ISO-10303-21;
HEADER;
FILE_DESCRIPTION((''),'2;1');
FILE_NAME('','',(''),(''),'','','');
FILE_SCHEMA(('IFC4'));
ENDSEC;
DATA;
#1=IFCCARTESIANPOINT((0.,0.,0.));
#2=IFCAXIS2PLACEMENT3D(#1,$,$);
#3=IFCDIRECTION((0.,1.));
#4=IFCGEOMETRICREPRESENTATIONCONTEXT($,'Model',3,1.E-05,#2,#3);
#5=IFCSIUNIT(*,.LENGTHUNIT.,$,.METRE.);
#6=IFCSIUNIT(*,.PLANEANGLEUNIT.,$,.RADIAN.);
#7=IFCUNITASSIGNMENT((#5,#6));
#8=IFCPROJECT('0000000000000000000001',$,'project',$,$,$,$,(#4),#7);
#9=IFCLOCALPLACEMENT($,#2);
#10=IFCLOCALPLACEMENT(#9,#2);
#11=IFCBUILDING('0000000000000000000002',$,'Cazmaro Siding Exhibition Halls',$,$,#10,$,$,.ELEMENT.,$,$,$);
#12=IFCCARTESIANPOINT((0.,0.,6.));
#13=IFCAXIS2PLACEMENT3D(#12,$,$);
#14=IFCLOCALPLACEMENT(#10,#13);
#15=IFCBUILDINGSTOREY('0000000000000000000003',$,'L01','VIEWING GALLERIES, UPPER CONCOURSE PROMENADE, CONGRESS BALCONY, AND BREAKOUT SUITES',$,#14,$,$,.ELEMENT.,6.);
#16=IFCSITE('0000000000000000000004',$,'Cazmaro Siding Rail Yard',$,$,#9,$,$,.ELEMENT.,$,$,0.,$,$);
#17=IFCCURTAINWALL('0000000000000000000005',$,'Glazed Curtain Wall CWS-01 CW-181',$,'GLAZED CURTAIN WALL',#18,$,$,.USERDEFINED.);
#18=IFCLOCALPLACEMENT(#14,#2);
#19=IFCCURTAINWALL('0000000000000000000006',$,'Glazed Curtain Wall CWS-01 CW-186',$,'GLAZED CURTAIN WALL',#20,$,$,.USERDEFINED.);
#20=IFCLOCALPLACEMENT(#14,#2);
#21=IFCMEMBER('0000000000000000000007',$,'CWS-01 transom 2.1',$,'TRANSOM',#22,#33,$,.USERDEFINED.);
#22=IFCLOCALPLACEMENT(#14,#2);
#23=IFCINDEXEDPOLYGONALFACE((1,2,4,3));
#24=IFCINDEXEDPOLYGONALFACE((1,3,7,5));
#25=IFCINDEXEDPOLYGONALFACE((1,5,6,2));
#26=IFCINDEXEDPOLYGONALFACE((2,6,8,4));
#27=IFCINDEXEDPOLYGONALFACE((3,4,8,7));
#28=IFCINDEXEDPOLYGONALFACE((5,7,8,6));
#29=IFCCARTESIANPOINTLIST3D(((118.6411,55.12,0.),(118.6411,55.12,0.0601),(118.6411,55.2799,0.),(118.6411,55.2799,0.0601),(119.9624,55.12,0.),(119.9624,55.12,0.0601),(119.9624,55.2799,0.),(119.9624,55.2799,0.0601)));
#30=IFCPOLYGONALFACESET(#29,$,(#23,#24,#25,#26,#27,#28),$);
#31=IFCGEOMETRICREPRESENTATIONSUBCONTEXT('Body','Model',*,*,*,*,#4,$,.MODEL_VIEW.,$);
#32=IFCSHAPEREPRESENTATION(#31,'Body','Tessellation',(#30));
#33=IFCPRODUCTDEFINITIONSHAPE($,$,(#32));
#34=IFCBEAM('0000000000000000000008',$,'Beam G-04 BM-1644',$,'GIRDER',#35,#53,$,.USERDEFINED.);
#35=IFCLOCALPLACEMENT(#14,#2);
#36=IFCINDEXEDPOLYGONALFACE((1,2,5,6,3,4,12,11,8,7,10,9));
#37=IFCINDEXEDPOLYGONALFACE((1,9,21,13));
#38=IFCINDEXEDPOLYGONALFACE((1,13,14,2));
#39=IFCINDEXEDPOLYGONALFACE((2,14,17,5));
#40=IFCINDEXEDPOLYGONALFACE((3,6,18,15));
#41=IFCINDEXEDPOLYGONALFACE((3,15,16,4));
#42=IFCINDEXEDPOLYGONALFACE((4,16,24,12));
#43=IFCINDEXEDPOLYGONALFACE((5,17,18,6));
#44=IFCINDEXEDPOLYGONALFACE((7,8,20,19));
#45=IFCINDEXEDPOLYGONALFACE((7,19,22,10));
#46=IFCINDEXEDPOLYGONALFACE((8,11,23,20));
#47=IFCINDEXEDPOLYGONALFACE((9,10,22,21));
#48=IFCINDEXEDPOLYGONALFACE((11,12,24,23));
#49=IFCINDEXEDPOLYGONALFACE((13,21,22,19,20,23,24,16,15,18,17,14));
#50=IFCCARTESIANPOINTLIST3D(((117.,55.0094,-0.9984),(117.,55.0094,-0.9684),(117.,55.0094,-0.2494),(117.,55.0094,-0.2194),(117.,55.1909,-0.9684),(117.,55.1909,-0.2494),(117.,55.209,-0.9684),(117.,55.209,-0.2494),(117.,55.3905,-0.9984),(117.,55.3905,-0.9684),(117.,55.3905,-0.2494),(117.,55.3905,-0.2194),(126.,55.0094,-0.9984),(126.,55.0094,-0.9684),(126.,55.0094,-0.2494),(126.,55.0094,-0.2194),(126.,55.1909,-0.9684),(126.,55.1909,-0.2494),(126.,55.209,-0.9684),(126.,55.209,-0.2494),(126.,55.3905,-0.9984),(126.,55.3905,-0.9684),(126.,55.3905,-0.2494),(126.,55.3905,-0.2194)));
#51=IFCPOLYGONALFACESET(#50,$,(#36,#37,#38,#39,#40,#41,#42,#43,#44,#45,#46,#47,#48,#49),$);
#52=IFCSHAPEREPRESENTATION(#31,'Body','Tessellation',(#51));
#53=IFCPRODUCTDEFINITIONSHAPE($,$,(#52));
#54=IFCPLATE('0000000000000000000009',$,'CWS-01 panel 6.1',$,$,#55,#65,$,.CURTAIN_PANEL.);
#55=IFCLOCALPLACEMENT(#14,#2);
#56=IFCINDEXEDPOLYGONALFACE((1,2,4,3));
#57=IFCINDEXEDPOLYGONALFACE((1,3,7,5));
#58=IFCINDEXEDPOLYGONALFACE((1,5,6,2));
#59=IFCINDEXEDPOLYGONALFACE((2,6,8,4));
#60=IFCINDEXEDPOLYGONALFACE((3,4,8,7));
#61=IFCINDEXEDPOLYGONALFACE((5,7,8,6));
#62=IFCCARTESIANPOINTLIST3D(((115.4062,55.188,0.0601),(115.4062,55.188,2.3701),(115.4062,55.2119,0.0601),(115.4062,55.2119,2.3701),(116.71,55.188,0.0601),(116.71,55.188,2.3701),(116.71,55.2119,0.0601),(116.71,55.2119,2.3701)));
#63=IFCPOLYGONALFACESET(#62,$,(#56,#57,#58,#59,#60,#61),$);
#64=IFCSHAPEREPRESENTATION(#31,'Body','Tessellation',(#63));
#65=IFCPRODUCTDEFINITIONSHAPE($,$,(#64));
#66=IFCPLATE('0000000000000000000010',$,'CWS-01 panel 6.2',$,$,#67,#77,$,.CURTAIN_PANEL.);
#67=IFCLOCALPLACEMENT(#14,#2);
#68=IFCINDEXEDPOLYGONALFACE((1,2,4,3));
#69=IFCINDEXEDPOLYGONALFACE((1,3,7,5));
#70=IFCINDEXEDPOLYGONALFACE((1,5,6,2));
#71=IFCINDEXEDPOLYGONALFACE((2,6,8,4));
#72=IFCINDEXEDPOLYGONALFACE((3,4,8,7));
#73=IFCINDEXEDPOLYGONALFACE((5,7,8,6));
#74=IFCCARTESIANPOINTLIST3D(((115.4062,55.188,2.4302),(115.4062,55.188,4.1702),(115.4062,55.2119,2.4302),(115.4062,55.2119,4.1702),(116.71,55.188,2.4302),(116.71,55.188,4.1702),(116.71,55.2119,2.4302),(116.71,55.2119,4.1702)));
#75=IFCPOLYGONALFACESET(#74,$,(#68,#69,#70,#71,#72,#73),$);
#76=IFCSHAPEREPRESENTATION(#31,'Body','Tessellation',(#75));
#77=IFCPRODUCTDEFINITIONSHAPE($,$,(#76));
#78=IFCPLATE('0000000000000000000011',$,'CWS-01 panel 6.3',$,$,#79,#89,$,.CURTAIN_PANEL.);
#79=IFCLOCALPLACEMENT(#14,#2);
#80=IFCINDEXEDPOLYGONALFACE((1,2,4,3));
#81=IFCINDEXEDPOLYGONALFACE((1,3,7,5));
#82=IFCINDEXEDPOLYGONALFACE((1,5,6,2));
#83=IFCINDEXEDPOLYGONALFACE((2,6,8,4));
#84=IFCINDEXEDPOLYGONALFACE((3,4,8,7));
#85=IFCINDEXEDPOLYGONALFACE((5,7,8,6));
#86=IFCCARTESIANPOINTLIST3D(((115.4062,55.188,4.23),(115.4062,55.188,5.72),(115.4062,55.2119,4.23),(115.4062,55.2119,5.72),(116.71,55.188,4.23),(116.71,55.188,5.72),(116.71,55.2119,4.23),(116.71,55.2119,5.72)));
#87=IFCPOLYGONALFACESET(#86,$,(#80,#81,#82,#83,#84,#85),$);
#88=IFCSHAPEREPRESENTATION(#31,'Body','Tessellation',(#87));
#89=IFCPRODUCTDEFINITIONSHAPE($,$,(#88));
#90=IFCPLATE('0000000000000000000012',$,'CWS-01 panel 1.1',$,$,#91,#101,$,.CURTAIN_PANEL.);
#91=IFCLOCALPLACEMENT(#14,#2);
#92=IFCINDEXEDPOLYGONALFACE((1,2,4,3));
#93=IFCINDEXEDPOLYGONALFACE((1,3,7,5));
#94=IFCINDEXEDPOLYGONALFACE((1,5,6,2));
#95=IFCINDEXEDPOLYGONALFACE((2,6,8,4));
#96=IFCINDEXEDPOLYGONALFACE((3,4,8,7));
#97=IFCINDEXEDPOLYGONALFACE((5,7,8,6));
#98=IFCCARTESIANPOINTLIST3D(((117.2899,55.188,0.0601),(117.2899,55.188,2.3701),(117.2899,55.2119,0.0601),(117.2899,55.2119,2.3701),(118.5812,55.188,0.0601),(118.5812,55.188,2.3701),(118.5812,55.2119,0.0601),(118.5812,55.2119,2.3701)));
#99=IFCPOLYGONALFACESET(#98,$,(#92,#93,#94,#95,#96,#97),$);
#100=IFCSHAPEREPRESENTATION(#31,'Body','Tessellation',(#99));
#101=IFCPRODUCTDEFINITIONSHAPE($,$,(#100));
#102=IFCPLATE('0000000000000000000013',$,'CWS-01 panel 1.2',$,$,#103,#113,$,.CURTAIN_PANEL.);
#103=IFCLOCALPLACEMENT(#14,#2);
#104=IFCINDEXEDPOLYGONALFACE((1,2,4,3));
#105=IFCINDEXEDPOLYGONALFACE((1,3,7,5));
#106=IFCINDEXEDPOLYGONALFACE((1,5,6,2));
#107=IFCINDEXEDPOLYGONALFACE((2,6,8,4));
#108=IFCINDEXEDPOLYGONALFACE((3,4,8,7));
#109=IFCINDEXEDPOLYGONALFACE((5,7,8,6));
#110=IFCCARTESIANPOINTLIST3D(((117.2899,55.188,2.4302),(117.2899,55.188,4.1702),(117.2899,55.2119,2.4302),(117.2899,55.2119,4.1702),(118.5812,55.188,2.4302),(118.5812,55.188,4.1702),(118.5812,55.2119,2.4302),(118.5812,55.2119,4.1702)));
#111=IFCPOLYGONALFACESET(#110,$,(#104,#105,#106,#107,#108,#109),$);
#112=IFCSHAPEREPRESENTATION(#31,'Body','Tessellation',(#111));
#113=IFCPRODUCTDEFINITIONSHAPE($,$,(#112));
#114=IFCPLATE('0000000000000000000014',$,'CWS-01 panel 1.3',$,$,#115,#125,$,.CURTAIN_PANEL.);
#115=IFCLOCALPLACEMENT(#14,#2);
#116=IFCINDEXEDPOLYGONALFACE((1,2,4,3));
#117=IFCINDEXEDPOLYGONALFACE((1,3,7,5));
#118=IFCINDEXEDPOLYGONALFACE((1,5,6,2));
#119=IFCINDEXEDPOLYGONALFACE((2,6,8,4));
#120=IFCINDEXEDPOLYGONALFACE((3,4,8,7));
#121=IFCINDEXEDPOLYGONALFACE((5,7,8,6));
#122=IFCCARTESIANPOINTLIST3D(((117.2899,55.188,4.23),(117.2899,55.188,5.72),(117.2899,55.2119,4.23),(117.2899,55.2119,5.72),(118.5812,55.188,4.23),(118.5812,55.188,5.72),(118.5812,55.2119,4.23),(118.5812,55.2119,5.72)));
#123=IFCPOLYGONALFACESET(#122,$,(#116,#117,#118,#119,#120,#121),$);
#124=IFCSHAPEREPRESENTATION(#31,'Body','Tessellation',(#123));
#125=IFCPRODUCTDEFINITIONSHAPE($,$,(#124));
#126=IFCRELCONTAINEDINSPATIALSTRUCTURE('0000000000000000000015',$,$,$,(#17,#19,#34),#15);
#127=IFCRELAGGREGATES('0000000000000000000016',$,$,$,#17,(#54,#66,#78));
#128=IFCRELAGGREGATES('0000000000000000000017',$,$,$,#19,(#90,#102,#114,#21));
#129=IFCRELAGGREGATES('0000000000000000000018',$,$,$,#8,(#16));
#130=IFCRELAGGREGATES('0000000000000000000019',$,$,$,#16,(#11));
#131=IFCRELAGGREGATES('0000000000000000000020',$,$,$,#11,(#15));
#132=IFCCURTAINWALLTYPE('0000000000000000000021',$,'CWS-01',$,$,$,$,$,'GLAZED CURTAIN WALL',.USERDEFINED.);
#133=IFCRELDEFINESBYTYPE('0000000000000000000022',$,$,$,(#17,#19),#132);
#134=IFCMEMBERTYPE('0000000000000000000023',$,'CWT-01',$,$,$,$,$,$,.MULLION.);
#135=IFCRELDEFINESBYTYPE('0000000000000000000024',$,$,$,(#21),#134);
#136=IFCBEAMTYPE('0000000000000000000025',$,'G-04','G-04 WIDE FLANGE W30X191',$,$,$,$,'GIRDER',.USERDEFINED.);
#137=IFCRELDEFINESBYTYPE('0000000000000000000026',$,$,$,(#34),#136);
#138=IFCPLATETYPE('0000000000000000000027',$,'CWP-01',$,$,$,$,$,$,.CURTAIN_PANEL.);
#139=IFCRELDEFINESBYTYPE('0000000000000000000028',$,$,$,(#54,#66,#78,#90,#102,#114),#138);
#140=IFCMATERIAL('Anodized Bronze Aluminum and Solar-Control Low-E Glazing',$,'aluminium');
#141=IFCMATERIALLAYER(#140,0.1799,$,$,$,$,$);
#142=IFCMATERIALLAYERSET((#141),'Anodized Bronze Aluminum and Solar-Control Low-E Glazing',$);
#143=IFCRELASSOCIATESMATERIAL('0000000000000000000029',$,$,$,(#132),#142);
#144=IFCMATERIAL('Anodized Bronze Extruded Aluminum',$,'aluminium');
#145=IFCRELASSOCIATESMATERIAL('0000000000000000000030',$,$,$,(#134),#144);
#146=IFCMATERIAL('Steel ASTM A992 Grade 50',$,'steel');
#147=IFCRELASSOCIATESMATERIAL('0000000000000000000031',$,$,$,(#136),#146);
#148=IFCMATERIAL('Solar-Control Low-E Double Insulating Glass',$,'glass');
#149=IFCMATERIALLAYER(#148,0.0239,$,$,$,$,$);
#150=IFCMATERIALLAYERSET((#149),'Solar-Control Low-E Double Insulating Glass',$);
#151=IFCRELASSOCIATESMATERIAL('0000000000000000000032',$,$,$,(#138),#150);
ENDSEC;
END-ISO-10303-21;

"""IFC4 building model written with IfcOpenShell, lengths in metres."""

from ifc_helpers import new_model, si_unit, direction, frame, origin, origin_2d, place, context, subcontext, project, spatial, rectangle, i_section, extrude, material, layer, layer_set, material_profile, profile_set, type_object, element, aggregate, save


model = new_model("IFC4")

# Units and contexts
model_context = context("Model", 3, precision=1e-05, world=origin(), true_north=direction((0.0, 1.0)))
body_context = subcontext(model_context, "Body", "Model", "MODEL_VIEW")
ifc_project = project(units=[si_unit("LENGTHUNIT", "METRE"), si_unit("PLANEANGLEUNIT", "RADIAN")], contexts=[model_context])

# Site, building, storey
site_placement = place(None, origin())
site = spatial("IfcSite", under=ifc_project, at=site_placement, Name="Cazmaro Siding Rail Yard", CompositionType="ELEMENT", RefElevation=0.0)
building_placement = place(site_placement, origin())
building = spatial("IfcBuilding", under=site, at=building_placement, Name="Cazmaro Siding Exhibition Halls", CompositionType="ELEMENT")
storey_placement = place(building_placement, frame((0.0, 0.0, 6.0)))
storey = spatial("IfcBuildingStorey", under=building, at=storey_placement, Name="L01", Description="VIEWING GALLERIES, UPPER CONCOURSE PROMENADE, CONGRESS BALCONY, AND BREAKOUT SUITES", CompositionType="ELEMENT", Elevation=6.0)

# Curtain wall
ifc_material_1 = material(Name="Anodized Bronze Aluminum and Solar-Control Low-E Glazing", Category="aluminium")
ifc_layer_1 = layer(ifc_material_1, 0.1799)
ifc_layer_set_1 = layer_set([ifc_layer_1], Name="Anodized Bronze Aluminum and Solar-Control Low-E Glazing")
curtain_wall_type = type_object("IfcCurtainWallType", Name="CWS-01", ElementType="GLAZED CURTAIN WALL", PredefinedType="USERDEFINED", material=ifc_layer_set_1)
curtain_wall_1_placement = place(storey_placement, origin())
curtain_wall_1 = element("IfcCurtainWall", 1, at=curtain_wall_1_placement, inside=storey, type_object=curtain_wall_type, Name="Glazed Curtain Wall CWS-01 CW-181", ObjectType="GLAZED CURTAIN WALL", PredefinedType="USERDEFINED")

# Curtain wall
curtain_wall_2_placement = place(storey_placement, origin())
curtain_wall_2 = element("IfcCurtainWall", 2, at=curtain_wall_2_placement, inside=storey, type_object=curtain_wall_type, Name="Glazed Curtain Wall CWS-01 CW-186", ObjectType="GLAZED CURTAIN WALL", PredefinedType="USERDEFINED")

# Member
ifc_material_2 = material(Name="Anodized Bronze Extruded Aluminum", Category="aluminium")
ifc_material_profile_1 = material_profile(ifc_material_2, rectangle(XDim=0.1599, YDim=0.0601, at=origin_2d()), Name="CWT-01")
ifc_profile_set_1 = profile_set([ifc_material_profile_1], Name="Anodized Bronze Extruded Aluminum")
member_type_1 = type_object("IfcMemberType", Name="CWT-01", PredefinedType="MULLION", material=ifc_profile_set_1)
member_1_placement = place(storey_placement, frame((118.6411, 55.2, 0.03), z_axis=(1.0, 0.0, 0.0), x_axis=(0.0, 1.0, 0.0)))
member_1 = element("IfcMember", 3, at=member_1_placement, type_object=member_type_1, Name="CWS-01 transom 2.1", ObjectType="TRANSOM", PredefinedType="USERDEFINED", context=body_context, shape_type="SweptSolid", body=[
    extrude(rectangle(XDim=0.1599, YDim=0.0601, at=origin_2d()), origin(), (0.0, 0.0, 1.0), 1.3213),
])

# Beam
ifc_material_3 = material(Name="Steel ASTM A992 Grade 50", Category="steel")
ifc_material_profile_2 = material_profile(ifc_material_3, i_section(OverallWidth=0.3811, OverallDepth=0.7791, WebThickness=0.0181, FlangeThickness=0.03, at=origin_2d()), Name="W30X191")
ifc_profile_set_2 = profile_set([ifc_material_profile_2], Name="Steel ASTM A992 Grade 50")
beam_type_1 = type_object("IfcBeamType", Name="G-04", Description="G-04 WIDE FLANGE W30X191", ElementType="GIRDER", PredefinedType="USERDEFINED", material=ifc_profile_set_2)
beam_1_placement = place(storey_placement, frame((117.0, 55.2, -0.6089), z_axis=(1.0, 0.0, 0.0), x_axis=(0.0, 1.0, 0.0)))
element("IfcBeam", 4, at=beam_1_placement, inside=storey, type_object=beam_type_1, Name="Beam G-04 BM-1644", ObjectType="GIRDER", PredefinedType="USERDEFINED", context=body_context, shape_type="SweptSolid", body=[
    extrude(i_section(OverallWidth=0.3811, OverallDepth=0.7791, WebThickness=0.0181, FlangeThickness=0.03, at=origin_2d()), origin(), (0.0, 0.0, 1.0), 9.0),
])

# Plates
ifc_material_4 = material(Name="Solar-Control Low-E Double Insulating Glass", Category="glass")
ifc_layer_2 = layer(ifc_material_4, 0.0239)
ifc_layer_set_2 = layer_set([ifc_layer_2], Name="Solar-Control Low-E Double Insulating Glass")
plate_type = type_object("IfcPlateType", Name="CWP-01", PredefinedType="CURTAIN_PANEL", material=ifc_layer_set_2)
plate_1_placement = place(storey_placement, frame((116.0581, 55.2, 0.0601), z_axis=(0.0, 0.0, 1.0), x_axis=(1.0, 0.0, 0.0)))
plate_1 = element("IfcPlate", 5, at=plate_1_placement, type_object=plate_type, Name="CWS-01 panel 6.1", PredefinedType="CURTAIN_PANEL", context=body_context, shape_type="SweptSolid", body=[
    extrude(rectangle(XDim=1.3037, YDim=0.0239, at=origin_2d()), origin(), (0.0, 0.0, 1.0), 2.3101),
])
plate_2_placement = place(storey_placement, frame((116.0581, 55.2, 2.4302), z_axis=(0.0, 0.0, 1.0), x_axis=(1.0, 0.0, 0.0)))
plate_2 = element("IfcPlate", 6, at=plate_2_placement, type_object=plate_type, Name="CWS-01 panel 6.2", PredefinedType="CURTAIN_PANEL", context=body_context, shape_type="SweptSolid", body=[
    extrude(rectangle(XDim=1.3037, YDim=0.0239, at=origin_2d()), origin(), (0.0, 0.0, 1.0), 1.74),
])
plate_3_placement = place(storey_placement, frame((116.0581, 55.2, 4.23), z_axis=(0.0, 0.0, 1.0), x_axis=(1.0, 0.0, 0.0)))
plate_3 = element("IfcPlate", 7, at=plate_3_placement, type_object=plate_type, Name="CWS-01 panel 6.3", PredefinedType="CURTAIN_PANEL", context=body_context, shape_type="SweptSolid", body=[
    extrude(rectangle(XDim=1.3037, YDim=0.0239, at=origin_2d()), origin(), (0.0, 0.0, 1.0), 1.49),
])
aggregate(curtain_wall_1, [plate_1, plate_2, plate_3])
plate_4_placement = place(storey_placement, frame((117.9355, 55.2, 0.0601), z_axis=(0.0, 0.0, 1.0), x_axis=(1.0, 0.0, 0.0)))
plate_4 = element("IfcPlate", 8, at=plate_4_placement, type_object=plate_type, Name="CWS-01 panel 1.1", PredefinedType="CURTAIN_PANEL", context=body_context, shape_type="SweptSolid", body=[
    extrude(rectangle(XDim=1.2913, YDim=0.0239, at=origin_2d()), origin(), (0.0, 0.0, 1.0), 2.3101),
])
plate_5_placement = place(storey_placement, frame((117.9355, 55.2, 2.4302), z_axis=(0.0, 0.0, 1.0), x_axis=(1.0, 0.0, 0.0)))
plate_5 = element("IfcPlate", 9, at=plate_5_placement, type_object=plate_type, Name="CWS-01 panel 1.2", PredefinedType="CURTAIN_PANEL", context=body_context, shape_type="SweptSolid", body=[
    extrude(rectangle(XDim=1.2913, YDim=0.0239, at=origin_2d()), origin(), (0.0, 0.0, 1.0), 1.74),
])
plate_6_placement = place(storey_placement, frame((117.9355, 55.2, 4.23), z_axis=(0.0, 0.0, 1.0), x_axis=(1.0, 0.0, 0.0)))
plate_6 = element("IfcPlate", 10, at=plate_6_placement, type_object=plate_type, Name="CWS-01 panel 1.3", PredefinedType="CURTAIN_PANEL", context=body_context, shape_type="SweptSolid", body=[
    extrude(rectangle(XDim=1.2913, YDim=0.0239, at=origin_2d()), origin(), (0.0, 0.0, 1.0), 1.49),
])
aggregate(curtain_wall_2, [plate_4, plate_5, plate_6, member_1])

save(model, "model.ifc")
